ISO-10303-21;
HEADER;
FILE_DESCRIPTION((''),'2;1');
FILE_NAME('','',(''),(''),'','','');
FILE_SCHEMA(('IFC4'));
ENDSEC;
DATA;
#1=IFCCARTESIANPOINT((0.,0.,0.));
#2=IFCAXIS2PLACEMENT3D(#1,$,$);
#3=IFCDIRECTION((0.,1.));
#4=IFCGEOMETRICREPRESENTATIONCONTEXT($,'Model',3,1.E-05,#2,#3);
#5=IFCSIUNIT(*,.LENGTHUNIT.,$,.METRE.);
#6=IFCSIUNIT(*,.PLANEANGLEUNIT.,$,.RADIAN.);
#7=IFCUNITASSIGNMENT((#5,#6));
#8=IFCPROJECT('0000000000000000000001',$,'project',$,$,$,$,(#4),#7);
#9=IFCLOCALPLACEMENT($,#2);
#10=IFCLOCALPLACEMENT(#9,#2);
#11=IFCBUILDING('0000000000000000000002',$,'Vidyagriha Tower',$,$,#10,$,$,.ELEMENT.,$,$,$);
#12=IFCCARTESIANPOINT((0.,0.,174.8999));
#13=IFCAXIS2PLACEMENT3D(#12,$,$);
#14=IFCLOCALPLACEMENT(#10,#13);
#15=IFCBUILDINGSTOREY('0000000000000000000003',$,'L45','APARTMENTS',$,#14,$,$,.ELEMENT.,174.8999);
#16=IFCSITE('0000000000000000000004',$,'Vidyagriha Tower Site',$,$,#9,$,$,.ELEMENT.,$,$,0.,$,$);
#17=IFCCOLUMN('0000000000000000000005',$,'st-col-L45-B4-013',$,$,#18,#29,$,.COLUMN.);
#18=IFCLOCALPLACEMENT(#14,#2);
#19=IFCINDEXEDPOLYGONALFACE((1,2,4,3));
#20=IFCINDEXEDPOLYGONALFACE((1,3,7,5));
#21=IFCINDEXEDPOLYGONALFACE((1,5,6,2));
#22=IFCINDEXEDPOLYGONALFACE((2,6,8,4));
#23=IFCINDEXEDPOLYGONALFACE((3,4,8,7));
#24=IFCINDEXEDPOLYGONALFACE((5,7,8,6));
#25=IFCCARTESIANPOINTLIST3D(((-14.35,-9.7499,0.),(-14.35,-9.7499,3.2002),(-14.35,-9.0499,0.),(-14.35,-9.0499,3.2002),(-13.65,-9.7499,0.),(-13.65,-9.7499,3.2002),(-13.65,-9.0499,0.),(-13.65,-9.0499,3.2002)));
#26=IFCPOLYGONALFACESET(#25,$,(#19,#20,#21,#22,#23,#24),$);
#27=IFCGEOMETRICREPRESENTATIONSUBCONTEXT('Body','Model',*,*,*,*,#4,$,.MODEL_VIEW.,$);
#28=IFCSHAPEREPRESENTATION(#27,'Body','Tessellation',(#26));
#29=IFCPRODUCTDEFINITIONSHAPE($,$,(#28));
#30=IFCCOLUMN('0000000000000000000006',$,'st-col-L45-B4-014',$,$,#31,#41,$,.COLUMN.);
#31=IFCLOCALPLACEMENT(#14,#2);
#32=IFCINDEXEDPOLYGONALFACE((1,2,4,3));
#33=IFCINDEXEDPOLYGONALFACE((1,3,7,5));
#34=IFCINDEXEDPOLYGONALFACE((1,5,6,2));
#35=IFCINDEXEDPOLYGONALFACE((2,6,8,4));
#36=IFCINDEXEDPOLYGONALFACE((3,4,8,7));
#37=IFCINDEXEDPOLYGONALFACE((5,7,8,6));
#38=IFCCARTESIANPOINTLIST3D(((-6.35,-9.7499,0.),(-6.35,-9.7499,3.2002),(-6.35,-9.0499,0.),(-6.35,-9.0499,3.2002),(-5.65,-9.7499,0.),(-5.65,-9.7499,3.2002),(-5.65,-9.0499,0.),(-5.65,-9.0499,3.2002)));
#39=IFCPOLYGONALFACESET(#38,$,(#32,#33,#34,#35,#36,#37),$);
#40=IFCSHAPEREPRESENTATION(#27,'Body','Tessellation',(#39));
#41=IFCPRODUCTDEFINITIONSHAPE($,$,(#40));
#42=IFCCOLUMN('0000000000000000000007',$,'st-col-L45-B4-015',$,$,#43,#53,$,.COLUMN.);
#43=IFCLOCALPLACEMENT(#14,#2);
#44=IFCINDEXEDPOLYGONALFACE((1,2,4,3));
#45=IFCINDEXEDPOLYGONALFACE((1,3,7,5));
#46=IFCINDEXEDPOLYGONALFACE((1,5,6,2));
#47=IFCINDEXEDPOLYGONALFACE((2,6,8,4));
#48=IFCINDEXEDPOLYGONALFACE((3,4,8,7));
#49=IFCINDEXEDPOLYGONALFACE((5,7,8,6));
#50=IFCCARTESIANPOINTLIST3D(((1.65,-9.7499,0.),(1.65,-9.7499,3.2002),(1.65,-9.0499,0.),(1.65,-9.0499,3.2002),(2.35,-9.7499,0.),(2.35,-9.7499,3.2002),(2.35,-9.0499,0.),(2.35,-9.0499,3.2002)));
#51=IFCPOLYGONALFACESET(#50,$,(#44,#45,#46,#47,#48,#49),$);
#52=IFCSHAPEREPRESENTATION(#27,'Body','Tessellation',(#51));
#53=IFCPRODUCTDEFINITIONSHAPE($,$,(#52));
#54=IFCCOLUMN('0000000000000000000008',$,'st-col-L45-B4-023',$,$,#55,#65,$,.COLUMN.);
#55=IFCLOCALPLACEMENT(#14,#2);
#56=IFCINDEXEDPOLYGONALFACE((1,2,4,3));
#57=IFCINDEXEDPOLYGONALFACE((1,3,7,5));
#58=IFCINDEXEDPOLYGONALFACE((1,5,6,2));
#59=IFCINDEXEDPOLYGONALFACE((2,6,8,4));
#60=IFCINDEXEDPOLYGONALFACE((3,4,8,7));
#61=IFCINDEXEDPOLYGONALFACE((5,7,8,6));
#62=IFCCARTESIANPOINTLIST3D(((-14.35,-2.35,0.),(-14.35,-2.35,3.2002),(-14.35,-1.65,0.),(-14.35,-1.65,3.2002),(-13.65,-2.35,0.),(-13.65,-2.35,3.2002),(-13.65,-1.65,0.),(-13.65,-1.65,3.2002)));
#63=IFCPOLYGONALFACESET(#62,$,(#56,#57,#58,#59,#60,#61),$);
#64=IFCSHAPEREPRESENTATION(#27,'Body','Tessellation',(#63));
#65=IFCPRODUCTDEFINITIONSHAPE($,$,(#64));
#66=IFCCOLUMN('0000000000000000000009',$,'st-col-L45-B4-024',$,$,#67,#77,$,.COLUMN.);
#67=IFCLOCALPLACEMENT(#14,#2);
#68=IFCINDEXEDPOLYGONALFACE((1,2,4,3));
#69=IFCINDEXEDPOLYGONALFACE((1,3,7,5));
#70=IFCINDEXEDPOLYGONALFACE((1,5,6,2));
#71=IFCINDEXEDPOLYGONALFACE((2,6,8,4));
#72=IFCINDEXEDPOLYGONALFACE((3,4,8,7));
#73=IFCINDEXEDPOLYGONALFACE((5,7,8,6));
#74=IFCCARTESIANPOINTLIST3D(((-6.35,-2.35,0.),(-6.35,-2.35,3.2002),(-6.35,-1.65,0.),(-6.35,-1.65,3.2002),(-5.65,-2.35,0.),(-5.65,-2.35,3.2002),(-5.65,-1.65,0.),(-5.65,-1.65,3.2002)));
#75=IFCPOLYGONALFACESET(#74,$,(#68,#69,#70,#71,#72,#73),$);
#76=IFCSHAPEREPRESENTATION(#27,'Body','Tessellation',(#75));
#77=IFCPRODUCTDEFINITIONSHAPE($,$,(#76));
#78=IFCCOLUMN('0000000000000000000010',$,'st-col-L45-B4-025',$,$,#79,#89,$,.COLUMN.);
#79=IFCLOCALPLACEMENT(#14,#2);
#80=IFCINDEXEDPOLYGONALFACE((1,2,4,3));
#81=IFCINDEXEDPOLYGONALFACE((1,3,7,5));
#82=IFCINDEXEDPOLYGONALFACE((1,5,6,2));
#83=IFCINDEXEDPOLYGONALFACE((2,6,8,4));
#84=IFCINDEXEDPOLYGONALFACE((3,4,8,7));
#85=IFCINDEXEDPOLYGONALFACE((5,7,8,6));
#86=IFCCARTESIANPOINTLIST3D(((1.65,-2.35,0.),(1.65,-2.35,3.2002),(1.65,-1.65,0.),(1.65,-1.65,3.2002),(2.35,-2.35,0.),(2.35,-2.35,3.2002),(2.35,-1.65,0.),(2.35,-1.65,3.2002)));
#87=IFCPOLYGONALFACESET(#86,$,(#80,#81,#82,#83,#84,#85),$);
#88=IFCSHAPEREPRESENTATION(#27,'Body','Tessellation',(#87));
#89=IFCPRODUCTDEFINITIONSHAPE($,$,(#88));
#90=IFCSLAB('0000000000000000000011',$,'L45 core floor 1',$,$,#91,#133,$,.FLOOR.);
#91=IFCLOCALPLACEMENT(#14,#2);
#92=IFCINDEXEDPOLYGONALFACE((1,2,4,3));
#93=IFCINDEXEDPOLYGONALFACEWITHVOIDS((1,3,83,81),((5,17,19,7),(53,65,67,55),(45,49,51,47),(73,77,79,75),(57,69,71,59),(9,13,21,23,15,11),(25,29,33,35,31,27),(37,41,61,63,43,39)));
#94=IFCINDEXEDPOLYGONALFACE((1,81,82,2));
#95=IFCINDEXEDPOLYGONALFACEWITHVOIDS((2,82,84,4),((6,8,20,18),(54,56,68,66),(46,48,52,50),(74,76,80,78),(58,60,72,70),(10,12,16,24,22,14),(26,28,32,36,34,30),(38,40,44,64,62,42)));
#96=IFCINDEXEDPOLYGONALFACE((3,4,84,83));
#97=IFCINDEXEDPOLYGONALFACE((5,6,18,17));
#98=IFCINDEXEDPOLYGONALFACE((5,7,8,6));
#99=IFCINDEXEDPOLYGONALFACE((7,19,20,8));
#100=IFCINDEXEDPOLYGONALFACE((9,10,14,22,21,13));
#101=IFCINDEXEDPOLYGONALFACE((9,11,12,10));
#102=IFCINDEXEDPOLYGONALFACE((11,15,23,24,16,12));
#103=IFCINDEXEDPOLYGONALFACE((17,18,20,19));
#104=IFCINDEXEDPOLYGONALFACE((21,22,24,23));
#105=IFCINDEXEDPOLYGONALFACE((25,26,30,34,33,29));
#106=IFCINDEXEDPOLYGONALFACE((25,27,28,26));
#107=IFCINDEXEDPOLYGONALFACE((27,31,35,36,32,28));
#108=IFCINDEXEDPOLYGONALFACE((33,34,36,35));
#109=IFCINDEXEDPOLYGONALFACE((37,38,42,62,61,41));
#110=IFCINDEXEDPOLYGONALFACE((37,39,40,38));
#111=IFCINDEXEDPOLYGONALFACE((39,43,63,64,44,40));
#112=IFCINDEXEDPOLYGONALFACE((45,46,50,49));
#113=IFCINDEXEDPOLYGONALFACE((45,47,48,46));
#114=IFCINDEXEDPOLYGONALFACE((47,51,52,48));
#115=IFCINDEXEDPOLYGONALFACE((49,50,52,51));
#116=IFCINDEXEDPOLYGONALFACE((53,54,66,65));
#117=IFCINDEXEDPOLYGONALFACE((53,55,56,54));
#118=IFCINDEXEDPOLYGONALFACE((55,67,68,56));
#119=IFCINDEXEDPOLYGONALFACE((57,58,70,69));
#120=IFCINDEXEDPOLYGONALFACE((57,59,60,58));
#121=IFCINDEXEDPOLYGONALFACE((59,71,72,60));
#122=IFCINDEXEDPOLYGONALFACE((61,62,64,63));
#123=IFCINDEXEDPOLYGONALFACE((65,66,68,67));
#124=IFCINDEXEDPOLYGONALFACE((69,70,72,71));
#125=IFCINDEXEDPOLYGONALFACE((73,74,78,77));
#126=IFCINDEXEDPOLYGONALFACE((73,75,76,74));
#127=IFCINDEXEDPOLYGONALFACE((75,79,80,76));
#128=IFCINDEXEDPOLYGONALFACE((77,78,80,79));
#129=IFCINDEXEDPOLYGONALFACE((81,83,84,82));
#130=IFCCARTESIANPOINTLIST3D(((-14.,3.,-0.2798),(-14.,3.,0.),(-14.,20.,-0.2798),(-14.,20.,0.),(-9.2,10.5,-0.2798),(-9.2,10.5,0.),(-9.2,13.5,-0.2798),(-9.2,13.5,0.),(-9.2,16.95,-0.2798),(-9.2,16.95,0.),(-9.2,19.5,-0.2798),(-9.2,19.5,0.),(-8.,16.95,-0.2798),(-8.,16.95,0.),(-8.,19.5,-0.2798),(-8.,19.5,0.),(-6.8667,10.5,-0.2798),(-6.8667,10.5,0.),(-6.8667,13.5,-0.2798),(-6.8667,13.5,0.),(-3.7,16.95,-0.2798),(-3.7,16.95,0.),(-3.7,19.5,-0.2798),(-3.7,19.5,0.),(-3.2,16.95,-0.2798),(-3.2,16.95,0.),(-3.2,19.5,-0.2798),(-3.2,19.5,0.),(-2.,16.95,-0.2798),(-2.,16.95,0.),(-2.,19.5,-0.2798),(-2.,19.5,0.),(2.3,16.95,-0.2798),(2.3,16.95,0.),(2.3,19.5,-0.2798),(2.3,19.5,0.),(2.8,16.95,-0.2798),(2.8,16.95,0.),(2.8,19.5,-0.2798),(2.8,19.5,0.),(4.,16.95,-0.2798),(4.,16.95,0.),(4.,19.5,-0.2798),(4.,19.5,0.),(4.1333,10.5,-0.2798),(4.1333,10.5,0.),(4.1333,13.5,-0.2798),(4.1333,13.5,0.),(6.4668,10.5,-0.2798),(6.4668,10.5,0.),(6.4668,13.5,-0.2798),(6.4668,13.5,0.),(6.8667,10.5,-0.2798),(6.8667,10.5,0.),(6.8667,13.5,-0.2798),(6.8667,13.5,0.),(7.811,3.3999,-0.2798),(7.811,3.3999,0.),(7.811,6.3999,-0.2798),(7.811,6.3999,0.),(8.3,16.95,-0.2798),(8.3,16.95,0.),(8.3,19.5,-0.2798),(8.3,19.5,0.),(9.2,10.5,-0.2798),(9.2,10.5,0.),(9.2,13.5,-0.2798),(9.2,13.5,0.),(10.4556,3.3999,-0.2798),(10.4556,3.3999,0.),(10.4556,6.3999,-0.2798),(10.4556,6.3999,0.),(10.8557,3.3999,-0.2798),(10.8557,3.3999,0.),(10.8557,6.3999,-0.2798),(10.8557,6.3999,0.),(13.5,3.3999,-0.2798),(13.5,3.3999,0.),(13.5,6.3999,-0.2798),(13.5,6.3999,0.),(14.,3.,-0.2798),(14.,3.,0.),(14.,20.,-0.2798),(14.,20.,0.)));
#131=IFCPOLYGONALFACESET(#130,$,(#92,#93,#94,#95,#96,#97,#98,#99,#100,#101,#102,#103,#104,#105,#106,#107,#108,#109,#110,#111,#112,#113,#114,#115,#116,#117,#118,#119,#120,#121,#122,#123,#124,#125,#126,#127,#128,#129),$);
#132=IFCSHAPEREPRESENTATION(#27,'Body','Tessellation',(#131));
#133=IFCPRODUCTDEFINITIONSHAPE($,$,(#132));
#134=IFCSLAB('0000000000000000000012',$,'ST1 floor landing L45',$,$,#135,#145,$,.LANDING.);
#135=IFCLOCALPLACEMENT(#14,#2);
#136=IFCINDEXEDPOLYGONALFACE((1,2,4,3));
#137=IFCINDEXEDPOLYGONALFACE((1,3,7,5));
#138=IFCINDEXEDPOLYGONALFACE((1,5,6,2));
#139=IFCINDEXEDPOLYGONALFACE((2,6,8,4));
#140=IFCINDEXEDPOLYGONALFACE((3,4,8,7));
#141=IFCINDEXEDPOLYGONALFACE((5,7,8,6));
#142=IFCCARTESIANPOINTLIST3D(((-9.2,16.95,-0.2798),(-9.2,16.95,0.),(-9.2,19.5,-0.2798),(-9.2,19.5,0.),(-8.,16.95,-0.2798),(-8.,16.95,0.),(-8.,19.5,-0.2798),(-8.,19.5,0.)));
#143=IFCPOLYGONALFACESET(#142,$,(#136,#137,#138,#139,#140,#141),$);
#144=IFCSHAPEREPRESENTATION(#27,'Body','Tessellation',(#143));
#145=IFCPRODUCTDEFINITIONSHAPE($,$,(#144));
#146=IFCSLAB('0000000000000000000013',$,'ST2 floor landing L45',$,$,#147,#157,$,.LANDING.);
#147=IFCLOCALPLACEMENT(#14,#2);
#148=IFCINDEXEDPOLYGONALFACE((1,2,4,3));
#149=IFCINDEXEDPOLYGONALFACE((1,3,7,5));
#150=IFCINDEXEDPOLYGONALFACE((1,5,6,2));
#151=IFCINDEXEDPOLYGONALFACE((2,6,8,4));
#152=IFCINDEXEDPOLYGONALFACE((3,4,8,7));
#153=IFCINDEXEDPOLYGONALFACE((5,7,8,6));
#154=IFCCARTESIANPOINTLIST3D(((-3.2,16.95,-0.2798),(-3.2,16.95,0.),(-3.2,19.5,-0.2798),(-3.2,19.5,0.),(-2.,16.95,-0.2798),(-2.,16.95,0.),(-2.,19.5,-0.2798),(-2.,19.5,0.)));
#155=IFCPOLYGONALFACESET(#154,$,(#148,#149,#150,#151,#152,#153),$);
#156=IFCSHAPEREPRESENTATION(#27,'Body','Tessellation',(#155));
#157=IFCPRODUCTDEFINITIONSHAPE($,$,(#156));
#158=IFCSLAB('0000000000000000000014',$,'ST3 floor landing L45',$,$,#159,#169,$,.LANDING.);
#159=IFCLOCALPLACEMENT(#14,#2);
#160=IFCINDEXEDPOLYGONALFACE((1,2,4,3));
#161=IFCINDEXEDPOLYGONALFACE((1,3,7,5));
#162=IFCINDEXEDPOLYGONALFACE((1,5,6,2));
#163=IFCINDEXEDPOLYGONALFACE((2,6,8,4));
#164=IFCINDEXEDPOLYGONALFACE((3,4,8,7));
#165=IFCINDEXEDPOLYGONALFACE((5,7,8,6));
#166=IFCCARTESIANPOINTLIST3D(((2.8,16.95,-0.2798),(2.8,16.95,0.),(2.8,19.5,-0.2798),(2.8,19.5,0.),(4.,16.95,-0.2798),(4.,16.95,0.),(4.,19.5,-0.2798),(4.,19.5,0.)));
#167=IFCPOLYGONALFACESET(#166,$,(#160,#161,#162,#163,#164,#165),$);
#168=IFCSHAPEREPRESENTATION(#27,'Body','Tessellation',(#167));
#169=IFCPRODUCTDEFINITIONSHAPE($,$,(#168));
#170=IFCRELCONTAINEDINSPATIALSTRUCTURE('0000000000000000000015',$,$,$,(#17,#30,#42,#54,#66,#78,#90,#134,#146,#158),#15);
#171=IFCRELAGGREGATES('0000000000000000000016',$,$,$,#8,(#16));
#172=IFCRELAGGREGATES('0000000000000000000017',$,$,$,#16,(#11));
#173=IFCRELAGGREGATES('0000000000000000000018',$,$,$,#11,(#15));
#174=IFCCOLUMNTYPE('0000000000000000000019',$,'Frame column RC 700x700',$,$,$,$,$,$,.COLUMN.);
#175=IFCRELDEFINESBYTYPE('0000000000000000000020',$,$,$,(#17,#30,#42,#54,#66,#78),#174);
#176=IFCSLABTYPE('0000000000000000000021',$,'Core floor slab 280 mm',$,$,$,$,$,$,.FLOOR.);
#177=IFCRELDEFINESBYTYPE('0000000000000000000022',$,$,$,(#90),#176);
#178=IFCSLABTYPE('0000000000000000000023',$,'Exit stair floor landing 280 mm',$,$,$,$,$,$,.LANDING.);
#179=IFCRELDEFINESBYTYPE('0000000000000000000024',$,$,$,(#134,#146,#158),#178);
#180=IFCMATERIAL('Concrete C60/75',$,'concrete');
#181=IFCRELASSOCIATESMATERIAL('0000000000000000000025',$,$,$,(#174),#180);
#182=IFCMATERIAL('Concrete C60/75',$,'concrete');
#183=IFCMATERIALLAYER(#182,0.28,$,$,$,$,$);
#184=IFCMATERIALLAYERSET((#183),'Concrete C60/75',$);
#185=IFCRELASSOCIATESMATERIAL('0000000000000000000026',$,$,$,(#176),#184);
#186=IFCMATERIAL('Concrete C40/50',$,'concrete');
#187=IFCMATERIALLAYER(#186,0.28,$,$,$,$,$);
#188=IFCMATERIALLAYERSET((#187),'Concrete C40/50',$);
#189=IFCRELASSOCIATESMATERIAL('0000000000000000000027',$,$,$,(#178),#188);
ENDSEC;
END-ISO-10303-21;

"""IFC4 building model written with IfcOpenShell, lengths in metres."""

from ifc_helpers import new_model, si_unit, direction, frame, origin, origin_2d, place, context, subcontext, project, spatial, polyline, rectangle, outline, extrude, material, layer, layer_set, material_profile, profile_set, type_object, element, save


model = new_model("IFC4")

# Units and contexts
model_context = context("Model", 3, precision=1e-05, world=origin(), true_north=direction((0.0, 1.0)))
body_context = subcontext(model_context, "Body", "Model", "MODEL_VIEW")
ifc_project = project(units=[si_unit("LENGTHUNIT", "METRE"), si_unit("PLANEANGLEUNIT", "RADIAN")], contexts=[model_context])

# Site, building, storey
site_placement = place(None, origin())
site = spatial("IfcSite", under=ifc_project, at=site_placement, Name="Vidyagriha Tower Site", CompositionType="ELEMENT", RefElevation=0.0)
building_placement = place(site_placement, origin())
building = spatial("IfcBuilding", under=site, at=building_placement, Name="Vidyagriha Tower", CompositionType="ELEMENT")
storey_placement = place(building_placement, frame((0.0, 0.0, 174.8999)))
storey = spatial("IfcBuildingStorey", under=building, at=storey_placement, Name="L45", Description="APARTMENTS", CompositionType="ELEMENT", Elevation=174.8999)

# Columns
ifc_material_1 = material(Name="Concrete C60/75", Category="concrete")
ifc_material_profile = material_profile(ifc_material_1, rectangle(XDim=0.7, YDim=0.7, at=origin_2d()), Name="RC 700x700")
ifc_profile_set = profile_set([ifc_material_profile], Name="Concrete C60/75")
column_type = type_object("IfcColumnType", Name="Frame column RC 700x700", PredefinedType="COLUMN", material=ifc_profile_set)
for number, where, name in (
    (1, (-14.0, -9.3999, 0.0), "st-col-L45-B4-013"),
    (2, (-6.0, -9.3999, 0.0), "st-col-L45-B4-014"),
    (3, (2.0, -9.3999, 0.0), "st-col-L45-B4-015"),
    (4, (-14.0, -2.0, 0.0), "st-col-L45-B4-023"),
    (5, (-6.0, -2.0, 0.0), "st-col-L45-B4-024"),
    (6, (2.0, -2.0, 0.0), "st-col-L45-B4-025"),
):
    element("IfcColumn", number, at=place(storey_placement, frame(where)), inside=storey, type_object=column_type, Name=name, PredefinedType="COLUMN", context=body_context, shape_type="SweptSolid", body=[
        extrude(rectangle(XDim=0.7, YDim=0.7, at=origin_2d()), origin(), (0.0, 0.0, 1.0), 3.2002),
    ])

# Slabs
ifc_material_2 = material(Name="Concrete C60/75", Category="concrete")
ifc_layer_1 = layer(ifc_material_2, 0.28)
ifc_layer_set_1 = layer_set([ifc_layer_1], Name="Concrete C60/75")
slab_type_1 = type_object("IfcSlabType", Name="Core floor slab 280 mm", PredefinedType="FLOOR", material=ifc_layer_set_1)
slab_1_placement = place(storey_placement, frame((0.0, 0.0, -0.2798)))
element("IfcSlab", 7, at=slab_1_placement, inside=storey, type_object=slab_type_1, Name="L45 core floor 1", PredefinedType="FLOOR", context=body_context, shape_type="SweptSolid", body=[
    extrude(outline(polyline([(-14.0, 3.0), (-14.0, 20.0), (14.0, 20.0), (14.0, 3.0), (-14.0, 3.0)]), holes=[polyline([(13.5, 6.3999), (10.8557, 6.3999), (10.8557, 3.3999), (13.5, 3.3999), (13.5, 6.3999)]), polyline([(10.4556, 6.3999), (7.811, 6.3999), (7.811, 3.3999), (10.4556, 3.3999), (10.4556, 6.3999)]), polyline([(9.2, 13.5), (6.8667, 13.5), (6.8667, 10.5), (9.2, 10.5), (9.2, 13.5)]), polyline([(2.8, 19.5), (2.8, 16.95), (4.0, 16.95), (8.3, 16.95), (8.3, 19.5), (4.0, 19.5), (2.8, 19.5)]), polyline([(4.1333, 13.5), (4.1333, 10.5), (6.4668, 10.5), (6.4668, 13.5), (4.1333, 13.5)]), polyline([(-2.0, 19.5), (-3.2, 19.5), (-3.2, 16.95), (-2.0, 16.95), (2.3, 16.95), (2.3, 19.5), (-2.0, 19.5)]), polyline([(-9.2, 19.5), (-9.2, 16.95), (-8.0, 16.95), (-3.7, 16.95), (-3.7, 19.5), (-8.0, 19.5), (-9.2, 19.5)]), polyline([(-9.2, 13.5), (-9.2, 10.5), (-6.8667, 10.5), (-6.8667, 13.5), (-9.2, 13.5)])]), origin(), (0.0, 0.0, 1.0), 0.2798),
])
ifc_material_3 = material(Name="Concrete C40/50", Category="concrete")
ifc_layer_2 = layer(ifc_material_3, 0.28)
ifc_layer_set_2 = layer_set([ifc_layer_2], Name="Concrete C40/50")
slab_type_2 = type_object("IfcSlabType", Name="Exit stair floor landing 280 mm", PredefinedType="LANDING", material=ifc_layer_set_2)
slab_2_placement = place(storey_placement, frame((0.0, 0.0, -0.2798)))
element("IfcSlab", 8, at=slab_2_placement, inside=storey, type_object=slab_type_2, Name="ST1 floor landing L45", PredefinedType="LANDING", context=body_context, shape_type="SweptSolid", body=[
    extrude(outline(polyline([(-9.2, 16.95), (-8.0, 16.95), (-8.0, 19.5), (-9.2, 19.5), (-9.2, 16.95)])), origin(), (0.0, 0.0, 1.0), 0.2798),
])
slab_3_placement = place(storey_placement, frame((0.0, 0.0, -0.2798)))
element("IfcSlab", 9, at=slab_3_placement, inside=storey, type_object=slab_type_2, Name="ST2 floor landing L45", PredefinedType="LANDING", context=body_context, shape_type="SweptSolid", body=[
    extrude(outline(polyline([(-3.2, 16.95), (-2.0, 16.95), (-2.0, 19.5), (-3.2, 19.5), (-3.2, 16.95)])), origin(), (0.0, 0.0, 1.0), 0.2798),
])
slab_4_placement = place(storey_placement, frame((0.0, 0.0, -0.2798)))
element("IfcSlab", 10, at=slab_4_placement, inside=storey, type_object=slab_type_2, Name="ST3 floor landing L45", PredefinedType="LANDING", context=body_context, shape_type="SweptSolid", body=[
    extrude(outline(polyline([(2.8, 16.95), (4.0, 16.95), (4.0, 19.5), (2.8, 19.5), (2.8, 16.95)])), origin(), (0.0, 0.0, 1.0), 0.2798),
])

save(model, "model.ifc")
